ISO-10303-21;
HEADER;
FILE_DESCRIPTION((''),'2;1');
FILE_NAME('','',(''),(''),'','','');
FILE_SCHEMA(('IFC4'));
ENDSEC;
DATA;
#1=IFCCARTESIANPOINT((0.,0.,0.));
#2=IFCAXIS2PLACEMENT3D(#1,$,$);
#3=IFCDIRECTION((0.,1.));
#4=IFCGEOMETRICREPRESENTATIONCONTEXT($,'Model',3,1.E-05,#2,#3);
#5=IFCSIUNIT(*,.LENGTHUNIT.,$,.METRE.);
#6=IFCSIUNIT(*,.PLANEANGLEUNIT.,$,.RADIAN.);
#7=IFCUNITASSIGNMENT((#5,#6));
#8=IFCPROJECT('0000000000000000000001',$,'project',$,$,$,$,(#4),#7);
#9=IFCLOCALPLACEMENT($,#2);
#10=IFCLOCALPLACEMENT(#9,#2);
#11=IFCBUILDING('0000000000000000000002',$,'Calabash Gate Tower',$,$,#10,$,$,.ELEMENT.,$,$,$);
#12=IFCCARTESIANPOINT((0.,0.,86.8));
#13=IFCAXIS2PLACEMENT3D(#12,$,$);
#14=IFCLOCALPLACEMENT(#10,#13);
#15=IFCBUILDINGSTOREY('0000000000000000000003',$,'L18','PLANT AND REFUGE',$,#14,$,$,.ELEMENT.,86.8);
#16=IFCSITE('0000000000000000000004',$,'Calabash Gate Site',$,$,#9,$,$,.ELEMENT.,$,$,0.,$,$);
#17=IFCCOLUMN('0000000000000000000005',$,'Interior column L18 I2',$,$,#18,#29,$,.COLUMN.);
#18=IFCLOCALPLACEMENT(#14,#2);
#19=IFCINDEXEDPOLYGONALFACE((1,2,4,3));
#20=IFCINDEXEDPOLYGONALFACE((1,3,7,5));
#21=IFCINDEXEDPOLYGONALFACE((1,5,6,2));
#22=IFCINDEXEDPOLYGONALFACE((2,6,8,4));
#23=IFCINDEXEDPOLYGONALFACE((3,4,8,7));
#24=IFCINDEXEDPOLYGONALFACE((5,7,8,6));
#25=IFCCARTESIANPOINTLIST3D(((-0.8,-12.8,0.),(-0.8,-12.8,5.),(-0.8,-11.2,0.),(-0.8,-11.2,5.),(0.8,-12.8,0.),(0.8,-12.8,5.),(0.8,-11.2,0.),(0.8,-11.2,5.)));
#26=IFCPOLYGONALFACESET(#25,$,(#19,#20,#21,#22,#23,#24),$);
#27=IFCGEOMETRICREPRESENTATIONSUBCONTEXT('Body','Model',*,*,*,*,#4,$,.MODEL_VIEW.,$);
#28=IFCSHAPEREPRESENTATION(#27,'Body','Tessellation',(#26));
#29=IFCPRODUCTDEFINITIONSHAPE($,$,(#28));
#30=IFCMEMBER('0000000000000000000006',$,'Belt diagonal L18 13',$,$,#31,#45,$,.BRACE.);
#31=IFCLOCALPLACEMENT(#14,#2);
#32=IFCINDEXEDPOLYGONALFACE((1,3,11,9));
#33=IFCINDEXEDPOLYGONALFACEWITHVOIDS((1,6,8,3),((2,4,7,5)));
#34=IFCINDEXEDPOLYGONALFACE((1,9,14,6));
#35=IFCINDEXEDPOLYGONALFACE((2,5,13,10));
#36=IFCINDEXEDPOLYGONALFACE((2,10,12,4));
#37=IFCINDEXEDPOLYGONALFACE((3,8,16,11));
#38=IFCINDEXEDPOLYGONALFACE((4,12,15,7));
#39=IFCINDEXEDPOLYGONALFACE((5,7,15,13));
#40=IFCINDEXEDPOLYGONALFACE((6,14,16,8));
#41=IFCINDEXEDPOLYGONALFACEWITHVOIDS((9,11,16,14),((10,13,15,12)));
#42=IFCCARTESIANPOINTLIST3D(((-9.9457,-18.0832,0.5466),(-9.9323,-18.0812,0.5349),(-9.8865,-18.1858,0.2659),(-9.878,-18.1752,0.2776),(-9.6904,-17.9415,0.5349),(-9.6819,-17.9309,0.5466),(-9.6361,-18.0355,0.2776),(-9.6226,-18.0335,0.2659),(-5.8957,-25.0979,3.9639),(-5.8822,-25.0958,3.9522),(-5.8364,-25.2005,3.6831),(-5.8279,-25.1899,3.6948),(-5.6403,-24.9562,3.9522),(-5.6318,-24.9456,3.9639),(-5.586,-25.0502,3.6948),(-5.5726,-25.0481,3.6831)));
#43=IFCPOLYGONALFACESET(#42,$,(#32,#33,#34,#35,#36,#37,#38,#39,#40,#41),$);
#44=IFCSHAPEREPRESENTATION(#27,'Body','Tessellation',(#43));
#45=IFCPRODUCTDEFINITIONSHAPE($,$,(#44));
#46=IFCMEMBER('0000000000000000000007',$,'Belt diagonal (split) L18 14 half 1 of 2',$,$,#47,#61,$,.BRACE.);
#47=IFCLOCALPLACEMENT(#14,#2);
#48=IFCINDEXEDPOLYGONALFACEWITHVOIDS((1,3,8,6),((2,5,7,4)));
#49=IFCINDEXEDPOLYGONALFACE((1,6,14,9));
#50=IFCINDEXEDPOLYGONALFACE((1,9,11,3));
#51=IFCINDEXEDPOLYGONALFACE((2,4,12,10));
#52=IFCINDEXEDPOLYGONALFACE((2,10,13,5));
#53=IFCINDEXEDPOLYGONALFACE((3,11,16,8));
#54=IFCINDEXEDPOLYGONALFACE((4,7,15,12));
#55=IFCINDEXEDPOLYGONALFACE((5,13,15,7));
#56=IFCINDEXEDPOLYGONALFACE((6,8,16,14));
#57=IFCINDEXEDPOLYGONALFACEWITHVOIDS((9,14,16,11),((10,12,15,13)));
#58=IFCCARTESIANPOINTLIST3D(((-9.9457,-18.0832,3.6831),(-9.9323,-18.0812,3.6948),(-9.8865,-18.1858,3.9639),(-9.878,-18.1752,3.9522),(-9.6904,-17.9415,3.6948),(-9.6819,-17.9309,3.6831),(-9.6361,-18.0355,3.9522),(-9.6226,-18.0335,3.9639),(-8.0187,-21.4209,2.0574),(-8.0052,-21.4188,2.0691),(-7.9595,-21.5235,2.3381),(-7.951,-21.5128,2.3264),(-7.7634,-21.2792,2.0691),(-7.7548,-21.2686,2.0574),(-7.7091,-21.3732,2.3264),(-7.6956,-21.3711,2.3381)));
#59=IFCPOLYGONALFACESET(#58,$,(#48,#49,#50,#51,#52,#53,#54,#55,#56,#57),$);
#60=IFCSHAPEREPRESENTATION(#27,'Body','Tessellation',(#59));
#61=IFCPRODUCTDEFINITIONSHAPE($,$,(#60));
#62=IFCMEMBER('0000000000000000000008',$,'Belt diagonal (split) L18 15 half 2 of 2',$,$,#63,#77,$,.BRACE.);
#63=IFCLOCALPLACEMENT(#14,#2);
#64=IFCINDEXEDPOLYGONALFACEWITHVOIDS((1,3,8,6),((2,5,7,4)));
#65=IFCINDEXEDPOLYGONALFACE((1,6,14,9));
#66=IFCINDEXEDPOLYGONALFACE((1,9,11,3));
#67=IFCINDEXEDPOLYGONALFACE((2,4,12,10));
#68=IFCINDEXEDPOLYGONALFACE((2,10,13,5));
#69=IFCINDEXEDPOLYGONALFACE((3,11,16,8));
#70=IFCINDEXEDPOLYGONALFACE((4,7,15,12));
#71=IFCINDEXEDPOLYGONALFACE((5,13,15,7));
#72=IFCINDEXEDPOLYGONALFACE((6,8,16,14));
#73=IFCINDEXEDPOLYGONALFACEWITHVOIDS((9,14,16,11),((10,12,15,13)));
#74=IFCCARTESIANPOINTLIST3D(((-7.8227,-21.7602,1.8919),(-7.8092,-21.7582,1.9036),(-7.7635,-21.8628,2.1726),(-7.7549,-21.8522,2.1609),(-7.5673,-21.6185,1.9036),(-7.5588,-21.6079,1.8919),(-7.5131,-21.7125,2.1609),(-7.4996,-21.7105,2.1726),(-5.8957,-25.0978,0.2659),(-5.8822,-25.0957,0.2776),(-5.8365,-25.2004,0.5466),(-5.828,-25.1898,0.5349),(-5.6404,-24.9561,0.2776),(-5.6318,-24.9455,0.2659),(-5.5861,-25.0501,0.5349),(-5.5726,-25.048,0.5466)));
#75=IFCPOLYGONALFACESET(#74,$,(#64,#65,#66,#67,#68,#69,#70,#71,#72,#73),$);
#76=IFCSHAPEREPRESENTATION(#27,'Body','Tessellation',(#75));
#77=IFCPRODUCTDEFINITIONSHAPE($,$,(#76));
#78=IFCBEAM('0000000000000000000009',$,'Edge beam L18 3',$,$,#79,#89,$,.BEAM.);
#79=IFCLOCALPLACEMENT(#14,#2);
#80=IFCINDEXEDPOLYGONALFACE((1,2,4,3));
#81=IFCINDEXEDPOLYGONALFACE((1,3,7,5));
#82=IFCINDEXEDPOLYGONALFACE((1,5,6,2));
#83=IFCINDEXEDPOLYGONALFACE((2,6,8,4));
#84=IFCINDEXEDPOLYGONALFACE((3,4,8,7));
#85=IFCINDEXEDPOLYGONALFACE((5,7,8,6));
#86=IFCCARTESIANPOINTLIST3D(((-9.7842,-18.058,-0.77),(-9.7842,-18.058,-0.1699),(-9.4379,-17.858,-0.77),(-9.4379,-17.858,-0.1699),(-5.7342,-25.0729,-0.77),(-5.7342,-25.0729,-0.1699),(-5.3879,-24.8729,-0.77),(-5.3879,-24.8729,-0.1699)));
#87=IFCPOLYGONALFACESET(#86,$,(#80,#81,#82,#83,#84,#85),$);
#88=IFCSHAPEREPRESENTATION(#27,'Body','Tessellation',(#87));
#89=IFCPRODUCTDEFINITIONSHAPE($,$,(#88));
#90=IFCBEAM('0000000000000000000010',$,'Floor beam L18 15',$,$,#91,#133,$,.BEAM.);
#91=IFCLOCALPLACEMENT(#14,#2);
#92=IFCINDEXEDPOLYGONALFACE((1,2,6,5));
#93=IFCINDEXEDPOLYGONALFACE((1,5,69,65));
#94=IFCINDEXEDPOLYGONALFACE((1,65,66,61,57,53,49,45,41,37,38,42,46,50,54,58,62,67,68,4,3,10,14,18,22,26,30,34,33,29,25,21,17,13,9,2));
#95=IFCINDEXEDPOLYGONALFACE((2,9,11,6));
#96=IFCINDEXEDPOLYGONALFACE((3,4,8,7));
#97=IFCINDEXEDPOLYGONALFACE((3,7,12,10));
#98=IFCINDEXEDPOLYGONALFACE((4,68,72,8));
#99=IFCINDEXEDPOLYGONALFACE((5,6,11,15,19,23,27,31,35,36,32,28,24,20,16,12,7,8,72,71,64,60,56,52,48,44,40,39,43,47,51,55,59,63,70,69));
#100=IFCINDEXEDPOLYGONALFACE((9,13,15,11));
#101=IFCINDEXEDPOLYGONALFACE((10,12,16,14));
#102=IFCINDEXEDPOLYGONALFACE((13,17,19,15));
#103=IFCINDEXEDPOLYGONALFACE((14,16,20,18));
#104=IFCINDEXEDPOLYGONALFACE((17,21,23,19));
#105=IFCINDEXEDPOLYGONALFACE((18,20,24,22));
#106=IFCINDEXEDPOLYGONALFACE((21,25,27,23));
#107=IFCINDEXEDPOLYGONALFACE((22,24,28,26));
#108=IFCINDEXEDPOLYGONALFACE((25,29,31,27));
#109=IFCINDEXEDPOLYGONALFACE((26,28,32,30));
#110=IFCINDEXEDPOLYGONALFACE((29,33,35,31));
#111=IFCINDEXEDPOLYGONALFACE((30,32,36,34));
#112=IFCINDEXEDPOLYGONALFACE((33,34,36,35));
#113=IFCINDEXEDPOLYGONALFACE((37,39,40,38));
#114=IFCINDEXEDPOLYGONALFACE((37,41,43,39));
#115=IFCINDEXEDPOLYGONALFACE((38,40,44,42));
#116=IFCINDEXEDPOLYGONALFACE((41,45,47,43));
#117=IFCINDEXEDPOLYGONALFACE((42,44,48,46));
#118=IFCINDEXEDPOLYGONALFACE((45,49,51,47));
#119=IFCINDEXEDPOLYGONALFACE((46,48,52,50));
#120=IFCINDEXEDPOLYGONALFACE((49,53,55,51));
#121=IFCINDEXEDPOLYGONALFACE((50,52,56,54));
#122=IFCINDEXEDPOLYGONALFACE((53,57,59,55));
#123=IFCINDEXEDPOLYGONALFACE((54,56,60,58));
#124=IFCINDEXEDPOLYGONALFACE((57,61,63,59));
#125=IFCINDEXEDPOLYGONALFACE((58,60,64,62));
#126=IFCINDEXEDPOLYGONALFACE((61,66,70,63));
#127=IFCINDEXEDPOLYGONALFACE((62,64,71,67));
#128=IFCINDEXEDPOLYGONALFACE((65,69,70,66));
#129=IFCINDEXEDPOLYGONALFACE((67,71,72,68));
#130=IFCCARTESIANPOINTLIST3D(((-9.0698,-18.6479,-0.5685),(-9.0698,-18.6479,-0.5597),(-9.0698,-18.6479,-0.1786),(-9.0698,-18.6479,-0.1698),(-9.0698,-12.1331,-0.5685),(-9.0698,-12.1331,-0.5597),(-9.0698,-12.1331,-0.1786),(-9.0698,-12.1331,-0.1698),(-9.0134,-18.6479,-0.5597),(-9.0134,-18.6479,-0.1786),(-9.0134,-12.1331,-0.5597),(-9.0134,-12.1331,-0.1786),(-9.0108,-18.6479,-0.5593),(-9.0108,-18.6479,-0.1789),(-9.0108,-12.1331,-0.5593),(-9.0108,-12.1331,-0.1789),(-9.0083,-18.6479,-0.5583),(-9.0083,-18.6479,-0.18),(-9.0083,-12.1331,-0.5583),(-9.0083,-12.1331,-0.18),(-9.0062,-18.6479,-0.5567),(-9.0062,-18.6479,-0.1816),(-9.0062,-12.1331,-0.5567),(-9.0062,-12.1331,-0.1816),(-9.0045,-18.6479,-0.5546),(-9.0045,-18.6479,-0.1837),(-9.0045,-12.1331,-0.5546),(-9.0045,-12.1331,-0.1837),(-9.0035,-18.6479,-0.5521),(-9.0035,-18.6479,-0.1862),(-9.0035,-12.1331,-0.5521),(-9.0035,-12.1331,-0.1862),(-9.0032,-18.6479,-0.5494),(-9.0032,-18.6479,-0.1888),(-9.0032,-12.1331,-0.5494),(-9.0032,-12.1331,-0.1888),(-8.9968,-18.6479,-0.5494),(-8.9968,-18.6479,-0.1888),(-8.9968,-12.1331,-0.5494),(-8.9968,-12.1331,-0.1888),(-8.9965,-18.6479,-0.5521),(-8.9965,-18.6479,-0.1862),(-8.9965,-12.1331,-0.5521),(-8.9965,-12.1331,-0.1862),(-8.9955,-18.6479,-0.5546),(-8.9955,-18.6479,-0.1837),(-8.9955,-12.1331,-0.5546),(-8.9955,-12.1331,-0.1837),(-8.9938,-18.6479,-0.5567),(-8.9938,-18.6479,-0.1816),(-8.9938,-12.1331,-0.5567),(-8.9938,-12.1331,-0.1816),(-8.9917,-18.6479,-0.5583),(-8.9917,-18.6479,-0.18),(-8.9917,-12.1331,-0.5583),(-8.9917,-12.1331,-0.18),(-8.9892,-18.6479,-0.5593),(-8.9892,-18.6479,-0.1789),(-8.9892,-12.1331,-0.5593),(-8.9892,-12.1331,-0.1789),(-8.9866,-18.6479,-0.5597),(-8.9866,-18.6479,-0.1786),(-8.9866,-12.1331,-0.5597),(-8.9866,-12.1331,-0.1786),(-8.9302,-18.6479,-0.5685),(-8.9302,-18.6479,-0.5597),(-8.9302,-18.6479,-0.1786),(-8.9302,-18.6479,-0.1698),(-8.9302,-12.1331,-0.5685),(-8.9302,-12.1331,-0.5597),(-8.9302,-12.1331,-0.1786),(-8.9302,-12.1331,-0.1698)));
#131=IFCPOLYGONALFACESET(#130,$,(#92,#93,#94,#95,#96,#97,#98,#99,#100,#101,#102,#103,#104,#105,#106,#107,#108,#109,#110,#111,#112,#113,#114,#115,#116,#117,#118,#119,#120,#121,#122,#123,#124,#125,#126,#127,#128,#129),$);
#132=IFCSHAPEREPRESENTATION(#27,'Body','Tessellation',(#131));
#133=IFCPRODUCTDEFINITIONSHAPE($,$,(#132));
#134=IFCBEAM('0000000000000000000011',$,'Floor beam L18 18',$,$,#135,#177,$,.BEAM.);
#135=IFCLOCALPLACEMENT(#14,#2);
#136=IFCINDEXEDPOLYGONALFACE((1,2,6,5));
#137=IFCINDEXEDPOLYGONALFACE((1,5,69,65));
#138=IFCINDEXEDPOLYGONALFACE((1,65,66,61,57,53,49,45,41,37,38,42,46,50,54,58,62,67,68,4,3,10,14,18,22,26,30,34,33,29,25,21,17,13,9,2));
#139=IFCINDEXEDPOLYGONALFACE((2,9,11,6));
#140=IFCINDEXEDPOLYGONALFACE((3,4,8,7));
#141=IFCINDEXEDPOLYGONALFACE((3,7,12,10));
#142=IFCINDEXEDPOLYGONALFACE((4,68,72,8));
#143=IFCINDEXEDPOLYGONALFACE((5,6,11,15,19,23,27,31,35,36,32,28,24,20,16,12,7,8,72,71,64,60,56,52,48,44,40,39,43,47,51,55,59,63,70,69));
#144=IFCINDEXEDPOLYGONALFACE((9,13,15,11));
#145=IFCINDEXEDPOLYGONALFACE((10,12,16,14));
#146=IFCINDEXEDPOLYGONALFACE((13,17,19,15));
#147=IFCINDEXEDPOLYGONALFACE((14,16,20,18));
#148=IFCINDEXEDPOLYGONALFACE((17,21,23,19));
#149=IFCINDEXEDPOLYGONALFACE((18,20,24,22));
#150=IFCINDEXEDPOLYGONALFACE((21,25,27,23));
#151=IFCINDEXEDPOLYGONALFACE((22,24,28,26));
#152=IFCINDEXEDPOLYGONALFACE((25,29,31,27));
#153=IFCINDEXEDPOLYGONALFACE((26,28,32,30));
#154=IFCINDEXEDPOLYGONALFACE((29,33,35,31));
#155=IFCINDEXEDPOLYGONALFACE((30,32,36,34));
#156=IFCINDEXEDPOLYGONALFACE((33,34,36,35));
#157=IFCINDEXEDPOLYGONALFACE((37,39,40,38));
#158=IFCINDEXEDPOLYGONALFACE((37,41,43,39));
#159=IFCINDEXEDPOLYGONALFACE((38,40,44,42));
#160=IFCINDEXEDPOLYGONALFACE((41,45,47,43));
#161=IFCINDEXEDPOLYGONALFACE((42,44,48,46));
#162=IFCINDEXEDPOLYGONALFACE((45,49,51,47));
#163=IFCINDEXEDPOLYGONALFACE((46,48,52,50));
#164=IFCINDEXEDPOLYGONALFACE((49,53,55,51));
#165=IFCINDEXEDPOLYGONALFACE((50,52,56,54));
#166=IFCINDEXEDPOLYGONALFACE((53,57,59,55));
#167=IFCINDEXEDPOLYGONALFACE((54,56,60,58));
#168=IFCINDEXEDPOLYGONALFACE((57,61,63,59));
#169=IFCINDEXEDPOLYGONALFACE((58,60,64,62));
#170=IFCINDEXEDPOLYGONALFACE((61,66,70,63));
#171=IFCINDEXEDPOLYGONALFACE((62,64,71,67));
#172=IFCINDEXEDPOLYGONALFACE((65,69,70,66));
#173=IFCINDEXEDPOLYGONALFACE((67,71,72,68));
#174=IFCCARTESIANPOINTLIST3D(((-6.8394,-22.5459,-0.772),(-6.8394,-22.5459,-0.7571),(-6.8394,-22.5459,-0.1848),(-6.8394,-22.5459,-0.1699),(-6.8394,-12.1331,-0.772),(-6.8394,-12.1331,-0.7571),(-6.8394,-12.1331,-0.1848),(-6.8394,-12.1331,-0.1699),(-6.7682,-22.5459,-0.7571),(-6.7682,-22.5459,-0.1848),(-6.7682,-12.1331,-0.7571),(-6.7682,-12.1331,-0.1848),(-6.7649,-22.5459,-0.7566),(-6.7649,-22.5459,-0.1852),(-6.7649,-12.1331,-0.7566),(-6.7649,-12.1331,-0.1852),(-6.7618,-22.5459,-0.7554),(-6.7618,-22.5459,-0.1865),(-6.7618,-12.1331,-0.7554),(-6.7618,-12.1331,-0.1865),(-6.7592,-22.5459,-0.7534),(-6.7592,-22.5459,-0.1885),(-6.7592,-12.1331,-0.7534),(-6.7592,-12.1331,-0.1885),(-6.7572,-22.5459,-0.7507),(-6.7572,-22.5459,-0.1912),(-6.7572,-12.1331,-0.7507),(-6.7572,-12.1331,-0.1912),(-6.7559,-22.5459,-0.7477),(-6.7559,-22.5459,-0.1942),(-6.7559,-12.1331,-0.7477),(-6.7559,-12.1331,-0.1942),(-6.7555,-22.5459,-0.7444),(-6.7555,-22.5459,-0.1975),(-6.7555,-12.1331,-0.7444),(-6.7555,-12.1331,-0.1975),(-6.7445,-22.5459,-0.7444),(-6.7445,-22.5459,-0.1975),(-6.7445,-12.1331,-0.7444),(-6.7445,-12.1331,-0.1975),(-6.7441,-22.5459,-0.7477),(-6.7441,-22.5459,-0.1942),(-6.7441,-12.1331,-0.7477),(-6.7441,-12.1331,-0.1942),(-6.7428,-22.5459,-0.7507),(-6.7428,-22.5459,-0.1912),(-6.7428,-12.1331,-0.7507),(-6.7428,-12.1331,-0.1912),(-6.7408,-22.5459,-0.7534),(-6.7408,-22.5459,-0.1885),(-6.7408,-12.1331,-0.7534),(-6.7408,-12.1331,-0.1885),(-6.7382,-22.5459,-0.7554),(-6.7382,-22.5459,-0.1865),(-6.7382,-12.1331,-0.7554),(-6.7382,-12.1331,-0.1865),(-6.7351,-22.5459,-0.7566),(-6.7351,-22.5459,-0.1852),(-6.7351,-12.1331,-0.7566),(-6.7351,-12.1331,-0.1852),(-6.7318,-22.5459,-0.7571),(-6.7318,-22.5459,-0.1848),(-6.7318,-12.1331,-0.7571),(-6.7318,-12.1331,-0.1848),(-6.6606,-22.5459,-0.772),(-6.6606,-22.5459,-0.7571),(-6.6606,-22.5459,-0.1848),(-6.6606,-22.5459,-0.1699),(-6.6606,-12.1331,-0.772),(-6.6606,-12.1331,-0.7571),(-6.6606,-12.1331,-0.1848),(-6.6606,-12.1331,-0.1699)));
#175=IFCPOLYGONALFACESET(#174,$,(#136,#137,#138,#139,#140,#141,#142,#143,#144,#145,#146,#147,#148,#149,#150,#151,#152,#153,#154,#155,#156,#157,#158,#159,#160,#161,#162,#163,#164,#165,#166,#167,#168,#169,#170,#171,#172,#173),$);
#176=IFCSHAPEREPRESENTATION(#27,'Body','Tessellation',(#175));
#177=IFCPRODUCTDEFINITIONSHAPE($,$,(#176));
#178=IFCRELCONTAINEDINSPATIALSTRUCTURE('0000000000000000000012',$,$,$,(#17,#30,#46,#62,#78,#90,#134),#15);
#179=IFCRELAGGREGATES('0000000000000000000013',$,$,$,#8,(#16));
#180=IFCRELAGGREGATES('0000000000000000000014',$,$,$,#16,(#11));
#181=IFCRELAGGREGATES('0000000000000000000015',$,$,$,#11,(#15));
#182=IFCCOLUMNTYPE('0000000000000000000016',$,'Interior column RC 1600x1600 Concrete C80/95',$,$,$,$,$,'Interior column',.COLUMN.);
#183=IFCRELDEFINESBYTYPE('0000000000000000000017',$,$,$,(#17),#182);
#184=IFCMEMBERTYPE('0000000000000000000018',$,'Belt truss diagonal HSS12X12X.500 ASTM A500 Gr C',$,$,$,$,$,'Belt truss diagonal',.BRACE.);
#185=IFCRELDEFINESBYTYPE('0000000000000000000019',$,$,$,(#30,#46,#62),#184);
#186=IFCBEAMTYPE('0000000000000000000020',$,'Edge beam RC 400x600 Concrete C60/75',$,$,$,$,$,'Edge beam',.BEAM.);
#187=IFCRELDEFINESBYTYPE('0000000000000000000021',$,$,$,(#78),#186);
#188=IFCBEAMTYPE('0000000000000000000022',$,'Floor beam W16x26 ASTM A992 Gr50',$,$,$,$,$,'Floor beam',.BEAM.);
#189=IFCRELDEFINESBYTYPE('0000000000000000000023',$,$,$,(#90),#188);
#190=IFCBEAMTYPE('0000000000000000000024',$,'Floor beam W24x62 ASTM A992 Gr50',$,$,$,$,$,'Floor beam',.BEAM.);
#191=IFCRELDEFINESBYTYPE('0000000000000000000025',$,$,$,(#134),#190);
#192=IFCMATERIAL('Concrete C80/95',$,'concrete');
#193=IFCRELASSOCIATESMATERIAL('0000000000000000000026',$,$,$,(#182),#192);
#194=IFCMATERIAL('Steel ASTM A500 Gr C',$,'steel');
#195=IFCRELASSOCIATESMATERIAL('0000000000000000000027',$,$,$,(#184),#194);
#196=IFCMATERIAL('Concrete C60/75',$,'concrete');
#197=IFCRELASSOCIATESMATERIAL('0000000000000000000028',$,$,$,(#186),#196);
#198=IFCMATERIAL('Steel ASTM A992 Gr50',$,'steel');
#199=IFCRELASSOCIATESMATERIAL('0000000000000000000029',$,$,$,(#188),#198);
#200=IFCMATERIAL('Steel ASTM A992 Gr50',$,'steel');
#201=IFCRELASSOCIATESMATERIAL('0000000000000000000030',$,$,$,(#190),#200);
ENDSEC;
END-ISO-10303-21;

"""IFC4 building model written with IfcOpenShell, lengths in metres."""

from ifc_helpers import new_model, si_unit, direction, frame, origin, origin_2d, place, context, subcontext, project, spatial, rectangle, hollow_rectangle, i_section, extrude, material, material_profile, profile_set, type_object, element, save


model = new_model("IFC4")

# Units and contexts
model_context = context("Model", 3, precision=1e-05, world=origin(), true_north=direction((0.0, 1.0)))
body_context = subcontext(model_context, "Body", "Model", "MODEL_VIEW")
ifc_project = project(units=[si_unit("LENGTHUNIT", "METRE"), si_unit("PLANEANGLEUNIT", "RADIAN")], contexts=[model_context])

# Site, building, storey
site_placement = place(None, origin())
site = spatial("IfcSite", under=ifc_project, at=site_placement, Name="Calabash Gate Site", CompositionType="ELEMENT", RefElevation=0.0)
building_placement = place(site_placement, origin())
building = spatial("IfcBuilding", under=site, at=building_placement, Name="Calabash Gate Tower", CompositionType="ELEMENT")
storey_placement = place(building_placement, frame((0.0, 0.0, 86.8)))
storey = spatial("IfcBuildingStorey", under=building, at=storey_placement, Name="L18", Description="PLANT AND REFUGE", CompositionType="ELEMENT", Elevation=86.8)

# Column
ifc_material_1 = material(Name="Concrete C80/95", Category="concrete")
ifc_material_profile_1 = material_profile(ifc_material_1, rectangle(XDim=1.6001, YDim=1.6001, at=origin_2d()))
ifc_profile_set_1 = profile_set([ifc_material_profile_1], Name="Concrete C80/95")
column_type = type_object("IfcColumnType", Name="Interior column RC 1600x1600 Concrete C80/95", ElementType="Interior column", PredefinedType="COLUMN", material=ifc_profile_set_1)
column_placement = place(storey_placement, frame((0.0, -12.0, 0.0), z_axis=(0.0, 0.0, 1.0), x_axis=(1.0, 0.0, 0.0)))
element("IfcColumn", 1, at=column_placement, inside=storey, type_object=column_type, Name="Interior column L18 I2", PredefinedType="COLUMN", context=body_context, shape_type="SweptSolid", body=[
    extrude(rectangle(XDim=1.6001, YDim=1.6001, at=origin_2d()), origin(), (0.0, 0.0, 1.0), 5.0),
])

# Members
ifc_material_2 = material(Name="Steel ASTM A500 Gr C", Category="steel")
ifc_material_profile_2 = material_profile(ifc_material_2, hollow_rectangle(XDim=0.3047, YDim=0.3047, WallThickness=0.0127, at=origin_2d()))
ifc_profile_set_2 = profile_set([ifc_material_profile_2], Name="Steel ASTM A500 Gr C")
member_type_1 = type_object("IfcMemberType", Name="Belt truss diagonal HSS12X12X.500 ASTM A500 Gr C", ElementType="Belt truss diagonal", PredefinedType="BRACE", material=ifc_profile_set_2)
member_placement = place(storey_placement, frame((-9.7842, -18.0583, 0.4062), z_axis=(0.460692, -0.797915, 0.38871), x_axis=(0.866018, 0.500013, 0.0)))
element("IfcMember", 2, at=member_placement, inside=storey, type_object=member_type_1, Name="Belt diagonal L18 13", PredefinedType="BRACE", context=body_context, shape_type="SweptSolid", body=[
    extrude(hollow_rectangle(XDim=0.3047, YDim=0.3047, WallThickness=0.0127, at=origin_2d()), origin(), (0.0, 0.0, 1.0), 8.7913),
])
for number, where, z_axis, x_axis, name in (
    (3, (-9.7842, -18.0583, 3.8235), (0.460691, -0.797936, -0.388666), (0.866024, 0.500002, 0.0), "Belt diagonal (split) L18 14 half 1 of 2"),
    (4, (-7.6611, -21.7354, 2.0322), (0.460681, -0.797918, -0.388716), (0.866024, 0.500002, 0.0), "Belt diagonal (split) L18 15 half 2 of 2"),
):
    element("IfcMember", number, at=place(storey_placement, frame(where, z_axis=z_axis, x_axis=x_axis)), inside=storey, type_object=member_type_1, Name=name, PredefinedType="BRACE", context=body_context, shape_type="SweptSolid", body=[
        extrude(hollow_rectangle(XDim=0.3047, YDim=0.3047, WallThickness=0.0127, at=origin_2d()), origin(), (0.0, 0.0, 1.0), 4.1829),
    ])

# Beams
ifc_material_3 = material(Name="Concrete C60/75", Category="concrete")
ifc_material_profile_3 = material_profile(ifc_material_3, rectangle(XDim=0.3999, YDim=0.6001, at=origin_2d()))
ifc_profile_set_3 = profile_set([ifc_material_profile_3], Name="Concrete C60/75")
beam_type_1 = type_object("IfcBeamType", Name="Edge beam RC 400x600 Concrete C60/75", ElementType="Edge beam", PredefinedType="BEAM", material=ifc_profile_set_3)
beam_1_placement = place(storey_placement, frame((-9.6111, -17.958, -0.47), z_axis=(0.5, -0.866025, 0.0), x_axis=(0.866025, 0.5, 0.0)))
element("IfcBeam", 5, at=beam_1_placement, inside=storey, type_object=beam_type_1, Name="Edge beam L18 3", PredefinedType="BEAM", context=body_context, shape_type="SweptSolid", body=[
    extrude(rectangle(XDim=0.3999, YDim=0.6001, at=origin_2d()), origin(), (0.0, 0.0, 1.0), 8.1001),
])
ifc_material_4 = material(Name="Steel ASTM A992 Gr50", Category="steel")
ifc_material_profile_4 = material_profile(ifc_material_4, i_section(OverallWidth=0.1396, OverallDepth=0.3987, WebThickness=0.0063, FlangeThickness=0.0088, FilletRadius=0.0103, at=origin_2d()))
ifc_profile_set_4 = profile_set([ifc_material_profile_4], Name="Steel ASTM A992 Gr50")
beam_type_2 = type_object("IfcBeamType", Name="Floor beam W16x26 ASTM A992 Gr50", ElementType="Floor beam", PredefinedType="BEAM", material=ifc_profile_set_4)
beam_2_placement = place(storey_placement, frame((-9.0, -18.6479, -0.3691), z_axis=(0.0, 1.0, 0.0), x_axis=(-1.0, 0.0, 0.0)))
element("IfcBeam", 6, at=beam_2_placement, inside=storey, type_object=beam_type_2, Name="Floor beam L18 15", PredefinedType="BEAM", context=body_context, shape_type="SweptSolid", body=[
    extrude(i_section(OverallWidth=0.1396, OverallDepth=0.3987, WebThickness=0.0063, FlangeThickness=0.0088, FilletRadius=0.0103, at=origin_2d()), origin(), (0.0, 0.0, 1.0), 6.5149),
])
ifc_material_5 = material(Name="Steel ASTM A992 Gr50", Category="steel")
ifc_material_profile_5 = material_profile(ifc_material_5, i_section(OverallWidth=0.1787, OverallDepth=0.6021, WebThickness=0.011, FlangeThickness=0.0149, FilletRadius=0.0127, at=origin_2d()))
ifc_profile_set_5 = profile_set([ifc_material_profile_5], Name="Steel ASTM A992 Gr50")
beam_type_3 = type_object("IfcBeamType", Name="Floor beam W24x62 ASTM A992 Gr50", ElementType="Floor beam", PredefinedType="BEAM", material=ifc_profile_set_5)
beam_3_placement = place(storey_placement, frame((-6.75, -22.5459, -0.4709), z_axis=(0.0, 1.0, 0.0), x_axis=(-1.0, 0.0, 0.0)))
element("IfcBeam", 7, at=beam_3_placement, inside=storey, type_object=beam_type_3, Name="Floor beam L18 18", PredefinedType="BEAM", context=body_context, shape_type="SweptSolid", body=[
    extrude(i_section(OverallWidth=0.1787, OverallDepth=0.6021, WebThickness=0.011, FlangeThickness=0.0149, FilletRadius=0.0127, at=origin_2d()), origin(), (0.0, 0.0, 1.0), 10.4128),
])

save(model, "model.ifc")
